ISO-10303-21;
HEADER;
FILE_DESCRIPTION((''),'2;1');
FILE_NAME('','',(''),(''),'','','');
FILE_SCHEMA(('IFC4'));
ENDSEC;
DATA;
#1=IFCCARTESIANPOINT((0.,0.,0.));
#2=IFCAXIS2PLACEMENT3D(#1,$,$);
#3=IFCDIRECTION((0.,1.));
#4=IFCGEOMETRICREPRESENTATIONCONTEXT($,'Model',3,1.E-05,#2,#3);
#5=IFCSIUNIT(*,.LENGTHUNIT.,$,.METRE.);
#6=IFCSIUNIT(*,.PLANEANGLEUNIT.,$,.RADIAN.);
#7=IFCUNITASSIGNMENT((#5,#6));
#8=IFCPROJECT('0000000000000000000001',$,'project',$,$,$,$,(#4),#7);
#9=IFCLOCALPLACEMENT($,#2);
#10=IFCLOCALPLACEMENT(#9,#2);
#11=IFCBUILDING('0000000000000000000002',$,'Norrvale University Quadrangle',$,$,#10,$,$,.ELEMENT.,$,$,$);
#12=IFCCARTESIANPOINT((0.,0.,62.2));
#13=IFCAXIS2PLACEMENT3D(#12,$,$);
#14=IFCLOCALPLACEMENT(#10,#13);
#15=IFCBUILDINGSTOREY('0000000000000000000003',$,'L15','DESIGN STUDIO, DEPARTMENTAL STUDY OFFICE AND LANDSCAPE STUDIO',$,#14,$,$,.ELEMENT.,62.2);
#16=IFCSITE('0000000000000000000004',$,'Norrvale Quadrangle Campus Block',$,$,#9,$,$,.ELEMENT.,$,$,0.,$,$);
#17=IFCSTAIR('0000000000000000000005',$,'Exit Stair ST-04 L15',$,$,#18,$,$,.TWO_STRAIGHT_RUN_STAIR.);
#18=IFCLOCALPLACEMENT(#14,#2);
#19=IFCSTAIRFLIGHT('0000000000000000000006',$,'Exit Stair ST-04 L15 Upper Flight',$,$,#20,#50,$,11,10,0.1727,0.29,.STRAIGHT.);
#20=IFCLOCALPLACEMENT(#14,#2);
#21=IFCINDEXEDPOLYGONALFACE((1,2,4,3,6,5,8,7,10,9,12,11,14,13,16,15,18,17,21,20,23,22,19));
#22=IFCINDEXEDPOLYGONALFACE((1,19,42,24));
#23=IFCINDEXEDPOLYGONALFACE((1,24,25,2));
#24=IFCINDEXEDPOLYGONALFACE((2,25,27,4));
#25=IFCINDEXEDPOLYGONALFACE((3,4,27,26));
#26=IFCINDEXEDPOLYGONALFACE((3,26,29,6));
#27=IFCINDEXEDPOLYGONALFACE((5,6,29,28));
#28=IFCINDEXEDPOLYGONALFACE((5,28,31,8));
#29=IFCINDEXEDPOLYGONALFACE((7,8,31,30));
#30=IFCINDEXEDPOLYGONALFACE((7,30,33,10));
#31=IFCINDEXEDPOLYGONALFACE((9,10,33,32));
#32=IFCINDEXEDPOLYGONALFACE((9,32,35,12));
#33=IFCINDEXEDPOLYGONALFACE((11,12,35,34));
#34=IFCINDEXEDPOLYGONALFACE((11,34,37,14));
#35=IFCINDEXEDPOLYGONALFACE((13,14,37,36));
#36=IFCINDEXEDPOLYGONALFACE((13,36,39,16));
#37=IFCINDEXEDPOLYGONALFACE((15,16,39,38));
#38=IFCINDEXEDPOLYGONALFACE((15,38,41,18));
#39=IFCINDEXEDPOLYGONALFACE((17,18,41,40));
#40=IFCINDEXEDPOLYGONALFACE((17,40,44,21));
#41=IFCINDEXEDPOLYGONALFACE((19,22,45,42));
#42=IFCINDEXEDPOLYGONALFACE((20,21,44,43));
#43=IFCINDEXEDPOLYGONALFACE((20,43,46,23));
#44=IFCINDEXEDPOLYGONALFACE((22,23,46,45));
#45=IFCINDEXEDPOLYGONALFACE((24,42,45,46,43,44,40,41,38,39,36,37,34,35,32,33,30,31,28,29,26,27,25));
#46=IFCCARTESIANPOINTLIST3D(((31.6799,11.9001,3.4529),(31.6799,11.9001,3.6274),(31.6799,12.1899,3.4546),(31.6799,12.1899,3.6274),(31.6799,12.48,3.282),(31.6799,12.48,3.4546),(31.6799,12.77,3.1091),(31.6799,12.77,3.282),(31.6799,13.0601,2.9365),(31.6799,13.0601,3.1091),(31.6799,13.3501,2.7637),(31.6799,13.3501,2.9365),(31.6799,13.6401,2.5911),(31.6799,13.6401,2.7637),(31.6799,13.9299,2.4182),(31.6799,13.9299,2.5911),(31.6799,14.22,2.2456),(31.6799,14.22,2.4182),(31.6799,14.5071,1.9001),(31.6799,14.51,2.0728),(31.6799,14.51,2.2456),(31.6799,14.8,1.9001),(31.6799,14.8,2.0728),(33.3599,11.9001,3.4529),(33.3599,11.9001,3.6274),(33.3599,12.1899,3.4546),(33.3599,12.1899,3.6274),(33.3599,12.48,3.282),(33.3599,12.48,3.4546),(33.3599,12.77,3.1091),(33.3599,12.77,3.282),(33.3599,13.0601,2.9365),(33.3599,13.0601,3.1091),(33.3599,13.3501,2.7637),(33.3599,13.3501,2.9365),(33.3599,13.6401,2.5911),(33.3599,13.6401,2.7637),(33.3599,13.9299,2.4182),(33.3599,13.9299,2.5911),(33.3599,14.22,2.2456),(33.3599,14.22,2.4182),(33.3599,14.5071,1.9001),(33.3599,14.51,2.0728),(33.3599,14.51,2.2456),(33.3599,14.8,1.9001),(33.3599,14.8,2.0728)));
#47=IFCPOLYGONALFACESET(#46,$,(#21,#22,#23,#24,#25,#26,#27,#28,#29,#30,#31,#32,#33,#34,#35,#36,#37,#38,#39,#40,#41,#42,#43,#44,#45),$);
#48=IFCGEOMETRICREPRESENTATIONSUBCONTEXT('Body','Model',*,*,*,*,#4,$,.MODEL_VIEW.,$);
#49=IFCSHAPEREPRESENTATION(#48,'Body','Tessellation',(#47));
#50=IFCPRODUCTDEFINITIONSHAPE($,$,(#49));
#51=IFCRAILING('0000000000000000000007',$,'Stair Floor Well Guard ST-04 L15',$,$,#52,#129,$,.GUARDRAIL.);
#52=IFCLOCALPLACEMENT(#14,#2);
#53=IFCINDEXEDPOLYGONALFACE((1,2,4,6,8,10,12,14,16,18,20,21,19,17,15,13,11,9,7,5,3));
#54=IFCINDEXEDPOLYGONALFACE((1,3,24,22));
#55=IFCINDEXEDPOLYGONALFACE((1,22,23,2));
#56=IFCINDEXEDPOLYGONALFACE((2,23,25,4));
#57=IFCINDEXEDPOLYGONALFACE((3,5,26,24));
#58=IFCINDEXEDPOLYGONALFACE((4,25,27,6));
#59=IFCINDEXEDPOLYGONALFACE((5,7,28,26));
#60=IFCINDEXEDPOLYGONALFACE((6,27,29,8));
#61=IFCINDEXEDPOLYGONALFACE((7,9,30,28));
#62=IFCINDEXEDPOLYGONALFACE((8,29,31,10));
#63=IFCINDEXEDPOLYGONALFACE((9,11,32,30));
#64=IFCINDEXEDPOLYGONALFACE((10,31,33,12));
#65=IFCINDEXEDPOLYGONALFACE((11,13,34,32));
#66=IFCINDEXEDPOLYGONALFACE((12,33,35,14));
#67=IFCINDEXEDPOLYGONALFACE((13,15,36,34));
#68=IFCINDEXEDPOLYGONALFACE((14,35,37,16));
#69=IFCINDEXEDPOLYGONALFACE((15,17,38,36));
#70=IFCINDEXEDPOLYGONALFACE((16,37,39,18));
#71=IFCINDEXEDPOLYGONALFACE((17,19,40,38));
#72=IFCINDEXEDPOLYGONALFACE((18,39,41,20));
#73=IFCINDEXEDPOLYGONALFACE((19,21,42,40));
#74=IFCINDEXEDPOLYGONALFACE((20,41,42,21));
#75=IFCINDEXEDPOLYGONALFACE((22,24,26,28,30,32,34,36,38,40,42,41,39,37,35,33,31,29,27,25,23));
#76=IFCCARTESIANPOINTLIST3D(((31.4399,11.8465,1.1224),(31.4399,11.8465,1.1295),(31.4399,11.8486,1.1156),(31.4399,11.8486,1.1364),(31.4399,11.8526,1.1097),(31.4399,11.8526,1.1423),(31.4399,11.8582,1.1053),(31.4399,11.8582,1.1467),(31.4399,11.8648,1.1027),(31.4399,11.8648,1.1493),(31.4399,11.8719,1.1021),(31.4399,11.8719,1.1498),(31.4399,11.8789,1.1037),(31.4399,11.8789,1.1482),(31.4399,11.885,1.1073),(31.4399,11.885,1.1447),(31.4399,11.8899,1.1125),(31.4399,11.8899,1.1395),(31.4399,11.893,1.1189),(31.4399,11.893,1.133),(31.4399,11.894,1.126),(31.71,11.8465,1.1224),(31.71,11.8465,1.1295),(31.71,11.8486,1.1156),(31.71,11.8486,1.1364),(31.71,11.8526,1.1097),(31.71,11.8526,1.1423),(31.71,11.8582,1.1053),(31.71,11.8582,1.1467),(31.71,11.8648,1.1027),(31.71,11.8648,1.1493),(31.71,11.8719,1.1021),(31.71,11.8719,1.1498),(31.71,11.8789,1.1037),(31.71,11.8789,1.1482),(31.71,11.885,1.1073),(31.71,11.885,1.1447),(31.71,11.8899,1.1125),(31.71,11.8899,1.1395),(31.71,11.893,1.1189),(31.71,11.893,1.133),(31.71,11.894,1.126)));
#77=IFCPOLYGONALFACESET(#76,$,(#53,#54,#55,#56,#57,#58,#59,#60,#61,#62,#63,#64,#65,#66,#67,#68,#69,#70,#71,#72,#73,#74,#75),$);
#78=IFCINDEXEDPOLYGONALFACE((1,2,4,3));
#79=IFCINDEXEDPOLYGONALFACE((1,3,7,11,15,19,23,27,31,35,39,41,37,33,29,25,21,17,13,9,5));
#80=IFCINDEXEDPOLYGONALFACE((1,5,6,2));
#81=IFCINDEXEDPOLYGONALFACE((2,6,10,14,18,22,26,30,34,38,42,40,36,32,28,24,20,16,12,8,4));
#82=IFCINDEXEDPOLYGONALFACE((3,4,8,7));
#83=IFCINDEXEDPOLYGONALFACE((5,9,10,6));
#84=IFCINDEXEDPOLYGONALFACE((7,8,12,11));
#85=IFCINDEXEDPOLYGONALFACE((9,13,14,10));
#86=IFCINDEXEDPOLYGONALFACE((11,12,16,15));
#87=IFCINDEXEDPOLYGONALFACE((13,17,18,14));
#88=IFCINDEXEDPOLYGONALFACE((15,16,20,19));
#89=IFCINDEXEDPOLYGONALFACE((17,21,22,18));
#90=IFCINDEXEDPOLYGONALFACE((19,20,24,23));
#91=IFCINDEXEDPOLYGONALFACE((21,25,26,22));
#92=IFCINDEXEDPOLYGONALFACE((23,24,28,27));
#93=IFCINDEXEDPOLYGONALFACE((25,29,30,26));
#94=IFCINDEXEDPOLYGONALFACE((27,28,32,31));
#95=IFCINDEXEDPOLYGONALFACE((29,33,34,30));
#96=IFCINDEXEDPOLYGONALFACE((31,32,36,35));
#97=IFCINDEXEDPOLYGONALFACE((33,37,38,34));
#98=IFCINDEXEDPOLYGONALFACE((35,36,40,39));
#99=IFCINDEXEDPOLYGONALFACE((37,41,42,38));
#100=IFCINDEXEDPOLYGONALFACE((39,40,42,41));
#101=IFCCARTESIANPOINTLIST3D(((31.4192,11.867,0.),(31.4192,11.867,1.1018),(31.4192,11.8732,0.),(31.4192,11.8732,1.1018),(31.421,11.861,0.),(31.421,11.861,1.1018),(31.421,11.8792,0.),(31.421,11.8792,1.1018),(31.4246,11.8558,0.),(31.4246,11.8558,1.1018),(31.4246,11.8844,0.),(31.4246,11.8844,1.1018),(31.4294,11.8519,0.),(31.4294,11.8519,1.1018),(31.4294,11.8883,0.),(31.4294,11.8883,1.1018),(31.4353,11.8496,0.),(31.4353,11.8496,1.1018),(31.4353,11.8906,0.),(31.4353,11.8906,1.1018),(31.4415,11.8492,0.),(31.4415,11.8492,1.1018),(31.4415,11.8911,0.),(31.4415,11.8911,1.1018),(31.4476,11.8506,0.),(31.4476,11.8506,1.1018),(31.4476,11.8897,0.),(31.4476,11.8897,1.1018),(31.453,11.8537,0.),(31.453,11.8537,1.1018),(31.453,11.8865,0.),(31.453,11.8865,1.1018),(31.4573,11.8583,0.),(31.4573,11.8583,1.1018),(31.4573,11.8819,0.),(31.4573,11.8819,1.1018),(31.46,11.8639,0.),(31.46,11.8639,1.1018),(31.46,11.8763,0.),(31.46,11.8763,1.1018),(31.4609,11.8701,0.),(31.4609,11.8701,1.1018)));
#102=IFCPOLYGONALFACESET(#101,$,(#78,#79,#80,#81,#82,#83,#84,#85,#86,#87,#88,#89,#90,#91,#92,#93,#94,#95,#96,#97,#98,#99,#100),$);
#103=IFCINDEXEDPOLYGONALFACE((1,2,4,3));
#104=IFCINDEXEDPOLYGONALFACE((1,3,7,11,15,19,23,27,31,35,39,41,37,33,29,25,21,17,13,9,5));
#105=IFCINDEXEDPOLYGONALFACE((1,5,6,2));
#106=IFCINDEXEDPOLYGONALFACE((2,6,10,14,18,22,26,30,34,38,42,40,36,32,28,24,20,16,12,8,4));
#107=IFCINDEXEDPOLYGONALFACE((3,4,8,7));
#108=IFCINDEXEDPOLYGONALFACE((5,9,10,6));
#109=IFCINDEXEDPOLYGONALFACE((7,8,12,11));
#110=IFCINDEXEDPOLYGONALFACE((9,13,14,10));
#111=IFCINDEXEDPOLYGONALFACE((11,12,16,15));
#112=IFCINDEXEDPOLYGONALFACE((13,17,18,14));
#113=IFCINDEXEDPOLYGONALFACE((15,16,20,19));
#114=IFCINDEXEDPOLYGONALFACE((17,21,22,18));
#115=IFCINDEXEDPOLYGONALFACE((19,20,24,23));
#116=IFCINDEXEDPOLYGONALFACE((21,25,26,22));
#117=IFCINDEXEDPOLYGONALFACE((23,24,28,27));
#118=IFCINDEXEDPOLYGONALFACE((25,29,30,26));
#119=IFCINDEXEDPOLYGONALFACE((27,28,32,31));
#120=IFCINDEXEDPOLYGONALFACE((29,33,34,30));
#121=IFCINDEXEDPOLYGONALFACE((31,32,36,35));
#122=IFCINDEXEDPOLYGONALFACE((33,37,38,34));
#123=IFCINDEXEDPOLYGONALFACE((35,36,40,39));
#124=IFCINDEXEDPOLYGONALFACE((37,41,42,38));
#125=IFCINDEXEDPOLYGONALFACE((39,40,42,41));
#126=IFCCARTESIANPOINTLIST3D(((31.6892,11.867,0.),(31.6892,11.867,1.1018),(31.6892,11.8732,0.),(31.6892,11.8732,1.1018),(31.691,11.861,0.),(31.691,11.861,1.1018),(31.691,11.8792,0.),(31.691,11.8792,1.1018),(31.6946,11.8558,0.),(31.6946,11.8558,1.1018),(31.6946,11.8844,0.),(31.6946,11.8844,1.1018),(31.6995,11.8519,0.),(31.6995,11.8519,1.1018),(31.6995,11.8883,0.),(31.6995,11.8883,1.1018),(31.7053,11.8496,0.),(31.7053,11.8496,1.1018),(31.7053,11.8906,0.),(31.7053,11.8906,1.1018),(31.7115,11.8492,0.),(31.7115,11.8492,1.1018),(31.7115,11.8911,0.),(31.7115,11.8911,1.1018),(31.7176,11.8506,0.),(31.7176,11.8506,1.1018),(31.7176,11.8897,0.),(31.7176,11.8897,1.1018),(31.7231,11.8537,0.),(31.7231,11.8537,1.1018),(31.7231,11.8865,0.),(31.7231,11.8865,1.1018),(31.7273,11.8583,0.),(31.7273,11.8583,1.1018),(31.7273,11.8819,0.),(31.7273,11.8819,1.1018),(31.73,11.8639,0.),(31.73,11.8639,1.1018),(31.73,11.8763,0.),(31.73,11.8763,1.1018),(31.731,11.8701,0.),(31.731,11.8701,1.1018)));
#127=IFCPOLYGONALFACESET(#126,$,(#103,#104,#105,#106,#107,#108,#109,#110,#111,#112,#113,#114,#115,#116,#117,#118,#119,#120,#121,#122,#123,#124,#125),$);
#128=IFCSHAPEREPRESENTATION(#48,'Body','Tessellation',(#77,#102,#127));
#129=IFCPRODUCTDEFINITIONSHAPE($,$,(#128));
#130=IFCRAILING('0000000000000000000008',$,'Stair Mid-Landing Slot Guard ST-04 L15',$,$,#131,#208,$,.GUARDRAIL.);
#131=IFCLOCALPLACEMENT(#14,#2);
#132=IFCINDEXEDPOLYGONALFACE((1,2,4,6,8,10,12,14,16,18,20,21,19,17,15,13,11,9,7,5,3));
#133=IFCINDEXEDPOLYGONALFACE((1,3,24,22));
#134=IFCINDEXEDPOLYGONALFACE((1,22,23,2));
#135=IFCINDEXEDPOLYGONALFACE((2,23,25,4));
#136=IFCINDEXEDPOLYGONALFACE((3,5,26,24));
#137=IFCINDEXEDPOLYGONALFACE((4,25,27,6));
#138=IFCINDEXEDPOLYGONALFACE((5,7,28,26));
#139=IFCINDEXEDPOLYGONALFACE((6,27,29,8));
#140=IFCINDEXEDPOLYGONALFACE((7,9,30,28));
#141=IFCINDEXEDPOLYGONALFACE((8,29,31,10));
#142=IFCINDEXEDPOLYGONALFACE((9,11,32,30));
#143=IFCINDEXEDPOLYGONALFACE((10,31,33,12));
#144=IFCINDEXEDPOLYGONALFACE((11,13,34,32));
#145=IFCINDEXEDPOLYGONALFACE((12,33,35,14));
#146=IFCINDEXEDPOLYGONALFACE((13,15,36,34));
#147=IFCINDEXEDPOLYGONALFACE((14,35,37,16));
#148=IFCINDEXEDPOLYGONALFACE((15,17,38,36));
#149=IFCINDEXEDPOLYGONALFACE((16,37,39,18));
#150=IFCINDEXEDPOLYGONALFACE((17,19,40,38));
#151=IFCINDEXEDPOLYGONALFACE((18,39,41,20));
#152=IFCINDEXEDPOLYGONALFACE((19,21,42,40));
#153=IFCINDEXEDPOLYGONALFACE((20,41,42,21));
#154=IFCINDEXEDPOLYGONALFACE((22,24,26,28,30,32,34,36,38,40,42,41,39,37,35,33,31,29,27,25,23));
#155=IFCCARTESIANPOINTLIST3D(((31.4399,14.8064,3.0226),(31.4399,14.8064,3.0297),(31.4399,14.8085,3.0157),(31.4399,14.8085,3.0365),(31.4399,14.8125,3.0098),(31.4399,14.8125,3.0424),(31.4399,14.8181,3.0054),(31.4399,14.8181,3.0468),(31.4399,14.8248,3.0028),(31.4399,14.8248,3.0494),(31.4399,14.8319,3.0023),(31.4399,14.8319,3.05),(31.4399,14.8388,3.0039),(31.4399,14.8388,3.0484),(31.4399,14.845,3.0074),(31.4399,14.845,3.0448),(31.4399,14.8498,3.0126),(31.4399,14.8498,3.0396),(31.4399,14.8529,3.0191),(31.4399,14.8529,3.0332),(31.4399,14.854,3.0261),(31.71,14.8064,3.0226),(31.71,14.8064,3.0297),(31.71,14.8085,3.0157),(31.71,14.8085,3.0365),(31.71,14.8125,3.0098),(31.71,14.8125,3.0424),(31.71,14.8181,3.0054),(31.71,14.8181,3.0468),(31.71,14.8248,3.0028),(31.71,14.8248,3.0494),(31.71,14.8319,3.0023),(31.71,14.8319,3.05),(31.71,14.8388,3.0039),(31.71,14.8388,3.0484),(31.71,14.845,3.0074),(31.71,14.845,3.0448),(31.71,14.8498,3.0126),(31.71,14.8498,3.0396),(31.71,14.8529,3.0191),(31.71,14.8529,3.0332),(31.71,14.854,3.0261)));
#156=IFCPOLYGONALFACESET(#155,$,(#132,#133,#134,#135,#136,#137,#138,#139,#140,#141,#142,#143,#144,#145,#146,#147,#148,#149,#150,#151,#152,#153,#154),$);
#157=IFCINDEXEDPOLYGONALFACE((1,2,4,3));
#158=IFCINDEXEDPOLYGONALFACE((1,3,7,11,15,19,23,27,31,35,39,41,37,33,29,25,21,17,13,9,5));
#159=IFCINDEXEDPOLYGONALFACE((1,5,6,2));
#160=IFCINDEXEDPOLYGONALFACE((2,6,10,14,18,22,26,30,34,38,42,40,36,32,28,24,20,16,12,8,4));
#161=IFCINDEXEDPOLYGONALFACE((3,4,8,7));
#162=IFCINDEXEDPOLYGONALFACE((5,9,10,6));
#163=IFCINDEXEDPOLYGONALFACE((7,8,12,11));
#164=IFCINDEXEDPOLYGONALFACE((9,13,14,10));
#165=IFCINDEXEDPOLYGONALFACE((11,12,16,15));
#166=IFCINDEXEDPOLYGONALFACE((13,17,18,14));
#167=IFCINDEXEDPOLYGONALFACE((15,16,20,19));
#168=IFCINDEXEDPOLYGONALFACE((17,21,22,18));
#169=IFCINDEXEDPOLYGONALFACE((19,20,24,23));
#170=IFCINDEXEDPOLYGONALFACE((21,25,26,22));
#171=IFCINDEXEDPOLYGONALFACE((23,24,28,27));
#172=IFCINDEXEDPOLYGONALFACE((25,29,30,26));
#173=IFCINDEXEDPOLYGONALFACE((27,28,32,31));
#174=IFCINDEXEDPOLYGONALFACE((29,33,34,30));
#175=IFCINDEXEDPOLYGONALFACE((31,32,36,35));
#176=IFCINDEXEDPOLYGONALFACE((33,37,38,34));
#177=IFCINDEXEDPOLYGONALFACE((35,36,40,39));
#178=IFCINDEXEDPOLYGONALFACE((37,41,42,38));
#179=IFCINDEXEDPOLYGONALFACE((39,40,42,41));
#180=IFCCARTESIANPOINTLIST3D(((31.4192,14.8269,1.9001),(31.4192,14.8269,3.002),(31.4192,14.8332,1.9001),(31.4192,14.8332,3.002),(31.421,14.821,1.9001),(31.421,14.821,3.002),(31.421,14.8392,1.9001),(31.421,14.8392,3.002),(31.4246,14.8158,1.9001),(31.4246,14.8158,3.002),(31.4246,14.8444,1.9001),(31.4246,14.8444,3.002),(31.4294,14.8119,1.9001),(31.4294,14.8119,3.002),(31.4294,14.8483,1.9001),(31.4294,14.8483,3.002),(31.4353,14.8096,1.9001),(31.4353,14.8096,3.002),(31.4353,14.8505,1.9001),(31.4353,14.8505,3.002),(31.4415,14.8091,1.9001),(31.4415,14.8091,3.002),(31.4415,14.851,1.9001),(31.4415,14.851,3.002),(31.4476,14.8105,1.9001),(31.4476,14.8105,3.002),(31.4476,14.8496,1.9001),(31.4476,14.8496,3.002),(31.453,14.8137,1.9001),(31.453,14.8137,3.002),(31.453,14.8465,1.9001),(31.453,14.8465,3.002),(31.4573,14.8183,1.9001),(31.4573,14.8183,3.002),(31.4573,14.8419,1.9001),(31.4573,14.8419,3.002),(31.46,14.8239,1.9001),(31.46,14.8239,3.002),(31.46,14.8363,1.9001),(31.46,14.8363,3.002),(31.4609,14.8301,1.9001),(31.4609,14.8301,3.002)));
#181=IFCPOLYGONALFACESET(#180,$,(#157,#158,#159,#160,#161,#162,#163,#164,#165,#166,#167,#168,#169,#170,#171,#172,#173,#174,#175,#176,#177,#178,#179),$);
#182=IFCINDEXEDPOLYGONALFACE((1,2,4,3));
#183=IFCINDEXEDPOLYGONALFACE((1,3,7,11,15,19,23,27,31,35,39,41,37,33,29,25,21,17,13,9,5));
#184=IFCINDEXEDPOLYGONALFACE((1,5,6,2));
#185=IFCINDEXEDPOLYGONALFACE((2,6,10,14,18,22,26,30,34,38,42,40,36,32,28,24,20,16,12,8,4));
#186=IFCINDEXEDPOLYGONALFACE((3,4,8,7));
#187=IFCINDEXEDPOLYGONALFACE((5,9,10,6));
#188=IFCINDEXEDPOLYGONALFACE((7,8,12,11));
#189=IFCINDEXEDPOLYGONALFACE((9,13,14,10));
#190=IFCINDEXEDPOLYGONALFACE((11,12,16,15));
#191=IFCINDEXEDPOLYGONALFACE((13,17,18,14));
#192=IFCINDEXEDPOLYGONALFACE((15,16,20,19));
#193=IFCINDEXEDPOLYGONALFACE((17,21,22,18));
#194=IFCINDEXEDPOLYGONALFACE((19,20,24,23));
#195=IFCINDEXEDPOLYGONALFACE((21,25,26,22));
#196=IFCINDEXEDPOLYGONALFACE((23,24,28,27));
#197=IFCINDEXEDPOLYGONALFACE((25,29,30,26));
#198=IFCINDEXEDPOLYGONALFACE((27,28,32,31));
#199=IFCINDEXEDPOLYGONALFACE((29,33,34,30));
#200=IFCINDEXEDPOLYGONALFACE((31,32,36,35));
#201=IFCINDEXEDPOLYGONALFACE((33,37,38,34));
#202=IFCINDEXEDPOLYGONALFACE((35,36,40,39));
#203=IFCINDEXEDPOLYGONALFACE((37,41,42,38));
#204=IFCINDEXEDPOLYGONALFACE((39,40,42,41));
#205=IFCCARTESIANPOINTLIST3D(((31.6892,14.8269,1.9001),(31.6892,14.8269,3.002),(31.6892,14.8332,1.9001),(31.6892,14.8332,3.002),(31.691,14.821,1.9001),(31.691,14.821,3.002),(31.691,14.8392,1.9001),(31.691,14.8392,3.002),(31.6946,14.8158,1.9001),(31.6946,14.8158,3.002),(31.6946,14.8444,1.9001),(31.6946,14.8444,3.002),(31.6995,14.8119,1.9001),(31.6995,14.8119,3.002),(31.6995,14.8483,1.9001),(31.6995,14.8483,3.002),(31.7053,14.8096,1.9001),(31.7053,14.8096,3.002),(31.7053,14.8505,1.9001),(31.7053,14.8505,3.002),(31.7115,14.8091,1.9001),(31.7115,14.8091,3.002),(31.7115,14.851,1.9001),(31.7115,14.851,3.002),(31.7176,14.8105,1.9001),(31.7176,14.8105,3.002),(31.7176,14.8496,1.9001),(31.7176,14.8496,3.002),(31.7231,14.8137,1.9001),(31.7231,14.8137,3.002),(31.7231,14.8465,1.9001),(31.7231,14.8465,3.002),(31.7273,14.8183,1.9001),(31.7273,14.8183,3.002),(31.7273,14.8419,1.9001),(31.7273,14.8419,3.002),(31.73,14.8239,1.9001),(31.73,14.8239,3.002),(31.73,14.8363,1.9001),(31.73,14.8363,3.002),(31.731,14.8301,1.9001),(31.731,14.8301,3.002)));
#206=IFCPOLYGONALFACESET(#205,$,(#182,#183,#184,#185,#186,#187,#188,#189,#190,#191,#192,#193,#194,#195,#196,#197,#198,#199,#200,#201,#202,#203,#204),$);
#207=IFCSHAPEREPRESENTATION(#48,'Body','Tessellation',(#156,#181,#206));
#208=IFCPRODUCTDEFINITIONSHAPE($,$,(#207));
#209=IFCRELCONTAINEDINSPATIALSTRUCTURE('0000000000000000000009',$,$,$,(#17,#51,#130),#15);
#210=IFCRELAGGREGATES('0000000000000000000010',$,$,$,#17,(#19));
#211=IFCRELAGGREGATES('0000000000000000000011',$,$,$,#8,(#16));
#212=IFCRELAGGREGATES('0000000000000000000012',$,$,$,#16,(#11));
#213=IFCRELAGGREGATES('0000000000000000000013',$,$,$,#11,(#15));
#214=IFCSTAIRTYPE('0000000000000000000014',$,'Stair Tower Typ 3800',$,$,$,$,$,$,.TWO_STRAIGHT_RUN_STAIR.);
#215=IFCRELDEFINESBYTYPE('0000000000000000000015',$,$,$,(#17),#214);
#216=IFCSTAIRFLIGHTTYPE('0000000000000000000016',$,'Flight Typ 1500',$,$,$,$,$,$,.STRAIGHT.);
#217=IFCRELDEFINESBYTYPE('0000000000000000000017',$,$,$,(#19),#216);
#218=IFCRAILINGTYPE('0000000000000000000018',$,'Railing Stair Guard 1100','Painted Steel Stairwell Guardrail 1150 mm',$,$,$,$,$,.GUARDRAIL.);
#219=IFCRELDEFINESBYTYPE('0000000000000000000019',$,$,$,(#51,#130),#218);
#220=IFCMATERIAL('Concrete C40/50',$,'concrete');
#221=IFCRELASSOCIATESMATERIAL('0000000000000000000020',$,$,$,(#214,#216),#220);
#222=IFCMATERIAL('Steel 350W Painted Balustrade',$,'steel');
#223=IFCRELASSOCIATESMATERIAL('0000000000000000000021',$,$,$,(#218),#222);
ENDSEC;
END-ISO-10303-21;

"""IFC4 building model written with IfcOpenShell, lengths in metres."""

from ifc_helpers import new_model, si_unit, direction, frame, origin, origin_2d, place, context, subcontext, project, spatial, polyline, circle, outline, extrude, material, type_object, element, aggregate, save


model = new_model("IFC4")

# Units and contexts
model_context = context("Model", 3, precision=1e-05, world=origin(), true_north=direction((0.0, 1.0)))
body_context = subcontext(model_context, "Body", "Model", "MODEL_VIEW")
ifc_project = project(units=[si_unit("LENGTHUNIT", "METRE"), si_unit("PLANEANGLEUNIT", "RADIAN")], contexts=[model_context])

# Site, building, storey
site_placement = place(None, origin())
site = spatial("IfcSite", under=ifc_project, at=site_placement, Name="Norrvale Quadrangle Campus Block", CompositionType="ELEMENT", RefElevation=0.0)
building_placement = place(site_placement, origin())
building = spatial("IfcBuilding", under=site, at=building_placement, Name="Norrvale University Quadrangle", CompositionType="ELEMENT")
storey_placement = place(building_placement, frame((0.0, 0.0, 62.2)))
storey = spatial("IfcBuildingStorey", under=building, at=storey_placement, Name="L15", Description="DESIGN STUDIO, DEPARTMENTAL STUDY OFFICE AND LANDSCAPE STUDIO", CompositionType="ELEMENT", Elevation=62.2)

# Stair, stair flight
ifc_material_1 = material(Name="Concrete C40/50", Category="concrete")
stair_type = type_object("IfcStairType", Name="Stair Tower Typ 3800", PredefinedType="TWO_STRAIGHT_RUN_STAIR", material=ifc_material_1)
stair_placement = place(storey_placement, origin())
stair = element("IfcStair", 1, at=stair_placement, inside=storey, type_object=stair_type, Name="Exit Stair ST-04 L15", PredefinedType="TWO_STRAIGHT_RUN_STAIR")
stair_flight_type = type_object("IfcStairFlightType", Name="Flight Typ 1500", PredefinedType="STRAIGHT", material=ifc_material_1)
stair_flight_1_placement = place(storey_placement, frame((32.52, 14.8, 1.9001), z_axis=(0.0, 0.0, 1.0), x_axis=(0.0, -1.0, 0.0)))
stair_flight_1 = element("IfcStairFlight", 2, at=stair_flight_1_placement, type_object=stair_flight_type, Name="Exit Stair ST-04 L15 Upper Flight", NumberOfRisers=11, NumberOfTreads=10, PredefinedType="STRAIGHT", RiserHeight=0.1727, TreadLength=0.29, context=body_context, shape_type="SweptSolid", body=[
    extrude(outline(polyline([(0.0, 0.0), (0.0, 0.1726), (0.29, 0.1726), (0.29, 0.3455), (0.5801, 0.3455), (0.5801, 0.5181), (0.8701, 0.5181), (0.8701, 0.6909), (1.1599, 0.6909), (1.1599, 0.8635), (1.45, 0.8635), (1.45, 1.0364), (1.74, 1.0364), (1.74, 1.209), (2.03, 1.209), (2.03, 1.3818), (2.3201, 1.3818), (2.3201, 1.5544), (2.6101, 1.5544), (2.6101, 1.7273), (2.8999, 1.7273), (2.8999, 1.8999), (2.8999, 1.5527), (0.293, 0.0), (0.0, 0.0)])), frame((0.0, 0.8398, 0.0), z_axis=(0.0, -1.0, 0.0), x_axis=(1.0, 0.0, 0.0)), (0.0, 0.0, 1.0), 1.6799),
])
aggregate(stair, [stair_flight_1])

# Railings
ifc_material_2 = material(Name="Steel 350W Painted Balustrade", Category="steel")
railing_type_1 = type_object("IfcRailingType", Name="Railing Stair Guard 1100", Description="Painted Steel Stairwell Guardrail 1150 mm", PredefinedType="GUARDRAIL", material=ifc_material_2)
for number, where, name in (
    (3, (31.4399, 11.8701, 0.0), "Stair Floor Well Guard ST-04 L15"),
    (4, (31.4399, 14.8301, 1.9001), "Stair Mid-Landing Slot Guard ST-04 L15"),
):
    element("IfcRailing", number, at=place(storey_placement, frame(where)), inside=storey, type_object=railing_type_1, Name=name, PredefinedType="GUARDRAIL", context=body_context, shape_type="SweptSolid", body=[
        extrude(circle(Radius=0.0239, at=origin_2d()), frame((0.0, 0.0, 1.126), z_axis=(1.0, 0.0, 0.0), x_axis=(0.0, 1.0, 0.0)), (0.0, 0.0, 1.0), 0.27),
        extrude(circle(Radius=0.021, at=origin_2d()), origin(), (0.0, 0.0, 1.0), 1.1018),
        extrude(circle(Radius=0.021, at=origin_2d()), frame((0.27, 0.0, 0.0)), (0.0, 0.0, 1.0), 1.1018),
    ])

save(model, "model.ifc")
